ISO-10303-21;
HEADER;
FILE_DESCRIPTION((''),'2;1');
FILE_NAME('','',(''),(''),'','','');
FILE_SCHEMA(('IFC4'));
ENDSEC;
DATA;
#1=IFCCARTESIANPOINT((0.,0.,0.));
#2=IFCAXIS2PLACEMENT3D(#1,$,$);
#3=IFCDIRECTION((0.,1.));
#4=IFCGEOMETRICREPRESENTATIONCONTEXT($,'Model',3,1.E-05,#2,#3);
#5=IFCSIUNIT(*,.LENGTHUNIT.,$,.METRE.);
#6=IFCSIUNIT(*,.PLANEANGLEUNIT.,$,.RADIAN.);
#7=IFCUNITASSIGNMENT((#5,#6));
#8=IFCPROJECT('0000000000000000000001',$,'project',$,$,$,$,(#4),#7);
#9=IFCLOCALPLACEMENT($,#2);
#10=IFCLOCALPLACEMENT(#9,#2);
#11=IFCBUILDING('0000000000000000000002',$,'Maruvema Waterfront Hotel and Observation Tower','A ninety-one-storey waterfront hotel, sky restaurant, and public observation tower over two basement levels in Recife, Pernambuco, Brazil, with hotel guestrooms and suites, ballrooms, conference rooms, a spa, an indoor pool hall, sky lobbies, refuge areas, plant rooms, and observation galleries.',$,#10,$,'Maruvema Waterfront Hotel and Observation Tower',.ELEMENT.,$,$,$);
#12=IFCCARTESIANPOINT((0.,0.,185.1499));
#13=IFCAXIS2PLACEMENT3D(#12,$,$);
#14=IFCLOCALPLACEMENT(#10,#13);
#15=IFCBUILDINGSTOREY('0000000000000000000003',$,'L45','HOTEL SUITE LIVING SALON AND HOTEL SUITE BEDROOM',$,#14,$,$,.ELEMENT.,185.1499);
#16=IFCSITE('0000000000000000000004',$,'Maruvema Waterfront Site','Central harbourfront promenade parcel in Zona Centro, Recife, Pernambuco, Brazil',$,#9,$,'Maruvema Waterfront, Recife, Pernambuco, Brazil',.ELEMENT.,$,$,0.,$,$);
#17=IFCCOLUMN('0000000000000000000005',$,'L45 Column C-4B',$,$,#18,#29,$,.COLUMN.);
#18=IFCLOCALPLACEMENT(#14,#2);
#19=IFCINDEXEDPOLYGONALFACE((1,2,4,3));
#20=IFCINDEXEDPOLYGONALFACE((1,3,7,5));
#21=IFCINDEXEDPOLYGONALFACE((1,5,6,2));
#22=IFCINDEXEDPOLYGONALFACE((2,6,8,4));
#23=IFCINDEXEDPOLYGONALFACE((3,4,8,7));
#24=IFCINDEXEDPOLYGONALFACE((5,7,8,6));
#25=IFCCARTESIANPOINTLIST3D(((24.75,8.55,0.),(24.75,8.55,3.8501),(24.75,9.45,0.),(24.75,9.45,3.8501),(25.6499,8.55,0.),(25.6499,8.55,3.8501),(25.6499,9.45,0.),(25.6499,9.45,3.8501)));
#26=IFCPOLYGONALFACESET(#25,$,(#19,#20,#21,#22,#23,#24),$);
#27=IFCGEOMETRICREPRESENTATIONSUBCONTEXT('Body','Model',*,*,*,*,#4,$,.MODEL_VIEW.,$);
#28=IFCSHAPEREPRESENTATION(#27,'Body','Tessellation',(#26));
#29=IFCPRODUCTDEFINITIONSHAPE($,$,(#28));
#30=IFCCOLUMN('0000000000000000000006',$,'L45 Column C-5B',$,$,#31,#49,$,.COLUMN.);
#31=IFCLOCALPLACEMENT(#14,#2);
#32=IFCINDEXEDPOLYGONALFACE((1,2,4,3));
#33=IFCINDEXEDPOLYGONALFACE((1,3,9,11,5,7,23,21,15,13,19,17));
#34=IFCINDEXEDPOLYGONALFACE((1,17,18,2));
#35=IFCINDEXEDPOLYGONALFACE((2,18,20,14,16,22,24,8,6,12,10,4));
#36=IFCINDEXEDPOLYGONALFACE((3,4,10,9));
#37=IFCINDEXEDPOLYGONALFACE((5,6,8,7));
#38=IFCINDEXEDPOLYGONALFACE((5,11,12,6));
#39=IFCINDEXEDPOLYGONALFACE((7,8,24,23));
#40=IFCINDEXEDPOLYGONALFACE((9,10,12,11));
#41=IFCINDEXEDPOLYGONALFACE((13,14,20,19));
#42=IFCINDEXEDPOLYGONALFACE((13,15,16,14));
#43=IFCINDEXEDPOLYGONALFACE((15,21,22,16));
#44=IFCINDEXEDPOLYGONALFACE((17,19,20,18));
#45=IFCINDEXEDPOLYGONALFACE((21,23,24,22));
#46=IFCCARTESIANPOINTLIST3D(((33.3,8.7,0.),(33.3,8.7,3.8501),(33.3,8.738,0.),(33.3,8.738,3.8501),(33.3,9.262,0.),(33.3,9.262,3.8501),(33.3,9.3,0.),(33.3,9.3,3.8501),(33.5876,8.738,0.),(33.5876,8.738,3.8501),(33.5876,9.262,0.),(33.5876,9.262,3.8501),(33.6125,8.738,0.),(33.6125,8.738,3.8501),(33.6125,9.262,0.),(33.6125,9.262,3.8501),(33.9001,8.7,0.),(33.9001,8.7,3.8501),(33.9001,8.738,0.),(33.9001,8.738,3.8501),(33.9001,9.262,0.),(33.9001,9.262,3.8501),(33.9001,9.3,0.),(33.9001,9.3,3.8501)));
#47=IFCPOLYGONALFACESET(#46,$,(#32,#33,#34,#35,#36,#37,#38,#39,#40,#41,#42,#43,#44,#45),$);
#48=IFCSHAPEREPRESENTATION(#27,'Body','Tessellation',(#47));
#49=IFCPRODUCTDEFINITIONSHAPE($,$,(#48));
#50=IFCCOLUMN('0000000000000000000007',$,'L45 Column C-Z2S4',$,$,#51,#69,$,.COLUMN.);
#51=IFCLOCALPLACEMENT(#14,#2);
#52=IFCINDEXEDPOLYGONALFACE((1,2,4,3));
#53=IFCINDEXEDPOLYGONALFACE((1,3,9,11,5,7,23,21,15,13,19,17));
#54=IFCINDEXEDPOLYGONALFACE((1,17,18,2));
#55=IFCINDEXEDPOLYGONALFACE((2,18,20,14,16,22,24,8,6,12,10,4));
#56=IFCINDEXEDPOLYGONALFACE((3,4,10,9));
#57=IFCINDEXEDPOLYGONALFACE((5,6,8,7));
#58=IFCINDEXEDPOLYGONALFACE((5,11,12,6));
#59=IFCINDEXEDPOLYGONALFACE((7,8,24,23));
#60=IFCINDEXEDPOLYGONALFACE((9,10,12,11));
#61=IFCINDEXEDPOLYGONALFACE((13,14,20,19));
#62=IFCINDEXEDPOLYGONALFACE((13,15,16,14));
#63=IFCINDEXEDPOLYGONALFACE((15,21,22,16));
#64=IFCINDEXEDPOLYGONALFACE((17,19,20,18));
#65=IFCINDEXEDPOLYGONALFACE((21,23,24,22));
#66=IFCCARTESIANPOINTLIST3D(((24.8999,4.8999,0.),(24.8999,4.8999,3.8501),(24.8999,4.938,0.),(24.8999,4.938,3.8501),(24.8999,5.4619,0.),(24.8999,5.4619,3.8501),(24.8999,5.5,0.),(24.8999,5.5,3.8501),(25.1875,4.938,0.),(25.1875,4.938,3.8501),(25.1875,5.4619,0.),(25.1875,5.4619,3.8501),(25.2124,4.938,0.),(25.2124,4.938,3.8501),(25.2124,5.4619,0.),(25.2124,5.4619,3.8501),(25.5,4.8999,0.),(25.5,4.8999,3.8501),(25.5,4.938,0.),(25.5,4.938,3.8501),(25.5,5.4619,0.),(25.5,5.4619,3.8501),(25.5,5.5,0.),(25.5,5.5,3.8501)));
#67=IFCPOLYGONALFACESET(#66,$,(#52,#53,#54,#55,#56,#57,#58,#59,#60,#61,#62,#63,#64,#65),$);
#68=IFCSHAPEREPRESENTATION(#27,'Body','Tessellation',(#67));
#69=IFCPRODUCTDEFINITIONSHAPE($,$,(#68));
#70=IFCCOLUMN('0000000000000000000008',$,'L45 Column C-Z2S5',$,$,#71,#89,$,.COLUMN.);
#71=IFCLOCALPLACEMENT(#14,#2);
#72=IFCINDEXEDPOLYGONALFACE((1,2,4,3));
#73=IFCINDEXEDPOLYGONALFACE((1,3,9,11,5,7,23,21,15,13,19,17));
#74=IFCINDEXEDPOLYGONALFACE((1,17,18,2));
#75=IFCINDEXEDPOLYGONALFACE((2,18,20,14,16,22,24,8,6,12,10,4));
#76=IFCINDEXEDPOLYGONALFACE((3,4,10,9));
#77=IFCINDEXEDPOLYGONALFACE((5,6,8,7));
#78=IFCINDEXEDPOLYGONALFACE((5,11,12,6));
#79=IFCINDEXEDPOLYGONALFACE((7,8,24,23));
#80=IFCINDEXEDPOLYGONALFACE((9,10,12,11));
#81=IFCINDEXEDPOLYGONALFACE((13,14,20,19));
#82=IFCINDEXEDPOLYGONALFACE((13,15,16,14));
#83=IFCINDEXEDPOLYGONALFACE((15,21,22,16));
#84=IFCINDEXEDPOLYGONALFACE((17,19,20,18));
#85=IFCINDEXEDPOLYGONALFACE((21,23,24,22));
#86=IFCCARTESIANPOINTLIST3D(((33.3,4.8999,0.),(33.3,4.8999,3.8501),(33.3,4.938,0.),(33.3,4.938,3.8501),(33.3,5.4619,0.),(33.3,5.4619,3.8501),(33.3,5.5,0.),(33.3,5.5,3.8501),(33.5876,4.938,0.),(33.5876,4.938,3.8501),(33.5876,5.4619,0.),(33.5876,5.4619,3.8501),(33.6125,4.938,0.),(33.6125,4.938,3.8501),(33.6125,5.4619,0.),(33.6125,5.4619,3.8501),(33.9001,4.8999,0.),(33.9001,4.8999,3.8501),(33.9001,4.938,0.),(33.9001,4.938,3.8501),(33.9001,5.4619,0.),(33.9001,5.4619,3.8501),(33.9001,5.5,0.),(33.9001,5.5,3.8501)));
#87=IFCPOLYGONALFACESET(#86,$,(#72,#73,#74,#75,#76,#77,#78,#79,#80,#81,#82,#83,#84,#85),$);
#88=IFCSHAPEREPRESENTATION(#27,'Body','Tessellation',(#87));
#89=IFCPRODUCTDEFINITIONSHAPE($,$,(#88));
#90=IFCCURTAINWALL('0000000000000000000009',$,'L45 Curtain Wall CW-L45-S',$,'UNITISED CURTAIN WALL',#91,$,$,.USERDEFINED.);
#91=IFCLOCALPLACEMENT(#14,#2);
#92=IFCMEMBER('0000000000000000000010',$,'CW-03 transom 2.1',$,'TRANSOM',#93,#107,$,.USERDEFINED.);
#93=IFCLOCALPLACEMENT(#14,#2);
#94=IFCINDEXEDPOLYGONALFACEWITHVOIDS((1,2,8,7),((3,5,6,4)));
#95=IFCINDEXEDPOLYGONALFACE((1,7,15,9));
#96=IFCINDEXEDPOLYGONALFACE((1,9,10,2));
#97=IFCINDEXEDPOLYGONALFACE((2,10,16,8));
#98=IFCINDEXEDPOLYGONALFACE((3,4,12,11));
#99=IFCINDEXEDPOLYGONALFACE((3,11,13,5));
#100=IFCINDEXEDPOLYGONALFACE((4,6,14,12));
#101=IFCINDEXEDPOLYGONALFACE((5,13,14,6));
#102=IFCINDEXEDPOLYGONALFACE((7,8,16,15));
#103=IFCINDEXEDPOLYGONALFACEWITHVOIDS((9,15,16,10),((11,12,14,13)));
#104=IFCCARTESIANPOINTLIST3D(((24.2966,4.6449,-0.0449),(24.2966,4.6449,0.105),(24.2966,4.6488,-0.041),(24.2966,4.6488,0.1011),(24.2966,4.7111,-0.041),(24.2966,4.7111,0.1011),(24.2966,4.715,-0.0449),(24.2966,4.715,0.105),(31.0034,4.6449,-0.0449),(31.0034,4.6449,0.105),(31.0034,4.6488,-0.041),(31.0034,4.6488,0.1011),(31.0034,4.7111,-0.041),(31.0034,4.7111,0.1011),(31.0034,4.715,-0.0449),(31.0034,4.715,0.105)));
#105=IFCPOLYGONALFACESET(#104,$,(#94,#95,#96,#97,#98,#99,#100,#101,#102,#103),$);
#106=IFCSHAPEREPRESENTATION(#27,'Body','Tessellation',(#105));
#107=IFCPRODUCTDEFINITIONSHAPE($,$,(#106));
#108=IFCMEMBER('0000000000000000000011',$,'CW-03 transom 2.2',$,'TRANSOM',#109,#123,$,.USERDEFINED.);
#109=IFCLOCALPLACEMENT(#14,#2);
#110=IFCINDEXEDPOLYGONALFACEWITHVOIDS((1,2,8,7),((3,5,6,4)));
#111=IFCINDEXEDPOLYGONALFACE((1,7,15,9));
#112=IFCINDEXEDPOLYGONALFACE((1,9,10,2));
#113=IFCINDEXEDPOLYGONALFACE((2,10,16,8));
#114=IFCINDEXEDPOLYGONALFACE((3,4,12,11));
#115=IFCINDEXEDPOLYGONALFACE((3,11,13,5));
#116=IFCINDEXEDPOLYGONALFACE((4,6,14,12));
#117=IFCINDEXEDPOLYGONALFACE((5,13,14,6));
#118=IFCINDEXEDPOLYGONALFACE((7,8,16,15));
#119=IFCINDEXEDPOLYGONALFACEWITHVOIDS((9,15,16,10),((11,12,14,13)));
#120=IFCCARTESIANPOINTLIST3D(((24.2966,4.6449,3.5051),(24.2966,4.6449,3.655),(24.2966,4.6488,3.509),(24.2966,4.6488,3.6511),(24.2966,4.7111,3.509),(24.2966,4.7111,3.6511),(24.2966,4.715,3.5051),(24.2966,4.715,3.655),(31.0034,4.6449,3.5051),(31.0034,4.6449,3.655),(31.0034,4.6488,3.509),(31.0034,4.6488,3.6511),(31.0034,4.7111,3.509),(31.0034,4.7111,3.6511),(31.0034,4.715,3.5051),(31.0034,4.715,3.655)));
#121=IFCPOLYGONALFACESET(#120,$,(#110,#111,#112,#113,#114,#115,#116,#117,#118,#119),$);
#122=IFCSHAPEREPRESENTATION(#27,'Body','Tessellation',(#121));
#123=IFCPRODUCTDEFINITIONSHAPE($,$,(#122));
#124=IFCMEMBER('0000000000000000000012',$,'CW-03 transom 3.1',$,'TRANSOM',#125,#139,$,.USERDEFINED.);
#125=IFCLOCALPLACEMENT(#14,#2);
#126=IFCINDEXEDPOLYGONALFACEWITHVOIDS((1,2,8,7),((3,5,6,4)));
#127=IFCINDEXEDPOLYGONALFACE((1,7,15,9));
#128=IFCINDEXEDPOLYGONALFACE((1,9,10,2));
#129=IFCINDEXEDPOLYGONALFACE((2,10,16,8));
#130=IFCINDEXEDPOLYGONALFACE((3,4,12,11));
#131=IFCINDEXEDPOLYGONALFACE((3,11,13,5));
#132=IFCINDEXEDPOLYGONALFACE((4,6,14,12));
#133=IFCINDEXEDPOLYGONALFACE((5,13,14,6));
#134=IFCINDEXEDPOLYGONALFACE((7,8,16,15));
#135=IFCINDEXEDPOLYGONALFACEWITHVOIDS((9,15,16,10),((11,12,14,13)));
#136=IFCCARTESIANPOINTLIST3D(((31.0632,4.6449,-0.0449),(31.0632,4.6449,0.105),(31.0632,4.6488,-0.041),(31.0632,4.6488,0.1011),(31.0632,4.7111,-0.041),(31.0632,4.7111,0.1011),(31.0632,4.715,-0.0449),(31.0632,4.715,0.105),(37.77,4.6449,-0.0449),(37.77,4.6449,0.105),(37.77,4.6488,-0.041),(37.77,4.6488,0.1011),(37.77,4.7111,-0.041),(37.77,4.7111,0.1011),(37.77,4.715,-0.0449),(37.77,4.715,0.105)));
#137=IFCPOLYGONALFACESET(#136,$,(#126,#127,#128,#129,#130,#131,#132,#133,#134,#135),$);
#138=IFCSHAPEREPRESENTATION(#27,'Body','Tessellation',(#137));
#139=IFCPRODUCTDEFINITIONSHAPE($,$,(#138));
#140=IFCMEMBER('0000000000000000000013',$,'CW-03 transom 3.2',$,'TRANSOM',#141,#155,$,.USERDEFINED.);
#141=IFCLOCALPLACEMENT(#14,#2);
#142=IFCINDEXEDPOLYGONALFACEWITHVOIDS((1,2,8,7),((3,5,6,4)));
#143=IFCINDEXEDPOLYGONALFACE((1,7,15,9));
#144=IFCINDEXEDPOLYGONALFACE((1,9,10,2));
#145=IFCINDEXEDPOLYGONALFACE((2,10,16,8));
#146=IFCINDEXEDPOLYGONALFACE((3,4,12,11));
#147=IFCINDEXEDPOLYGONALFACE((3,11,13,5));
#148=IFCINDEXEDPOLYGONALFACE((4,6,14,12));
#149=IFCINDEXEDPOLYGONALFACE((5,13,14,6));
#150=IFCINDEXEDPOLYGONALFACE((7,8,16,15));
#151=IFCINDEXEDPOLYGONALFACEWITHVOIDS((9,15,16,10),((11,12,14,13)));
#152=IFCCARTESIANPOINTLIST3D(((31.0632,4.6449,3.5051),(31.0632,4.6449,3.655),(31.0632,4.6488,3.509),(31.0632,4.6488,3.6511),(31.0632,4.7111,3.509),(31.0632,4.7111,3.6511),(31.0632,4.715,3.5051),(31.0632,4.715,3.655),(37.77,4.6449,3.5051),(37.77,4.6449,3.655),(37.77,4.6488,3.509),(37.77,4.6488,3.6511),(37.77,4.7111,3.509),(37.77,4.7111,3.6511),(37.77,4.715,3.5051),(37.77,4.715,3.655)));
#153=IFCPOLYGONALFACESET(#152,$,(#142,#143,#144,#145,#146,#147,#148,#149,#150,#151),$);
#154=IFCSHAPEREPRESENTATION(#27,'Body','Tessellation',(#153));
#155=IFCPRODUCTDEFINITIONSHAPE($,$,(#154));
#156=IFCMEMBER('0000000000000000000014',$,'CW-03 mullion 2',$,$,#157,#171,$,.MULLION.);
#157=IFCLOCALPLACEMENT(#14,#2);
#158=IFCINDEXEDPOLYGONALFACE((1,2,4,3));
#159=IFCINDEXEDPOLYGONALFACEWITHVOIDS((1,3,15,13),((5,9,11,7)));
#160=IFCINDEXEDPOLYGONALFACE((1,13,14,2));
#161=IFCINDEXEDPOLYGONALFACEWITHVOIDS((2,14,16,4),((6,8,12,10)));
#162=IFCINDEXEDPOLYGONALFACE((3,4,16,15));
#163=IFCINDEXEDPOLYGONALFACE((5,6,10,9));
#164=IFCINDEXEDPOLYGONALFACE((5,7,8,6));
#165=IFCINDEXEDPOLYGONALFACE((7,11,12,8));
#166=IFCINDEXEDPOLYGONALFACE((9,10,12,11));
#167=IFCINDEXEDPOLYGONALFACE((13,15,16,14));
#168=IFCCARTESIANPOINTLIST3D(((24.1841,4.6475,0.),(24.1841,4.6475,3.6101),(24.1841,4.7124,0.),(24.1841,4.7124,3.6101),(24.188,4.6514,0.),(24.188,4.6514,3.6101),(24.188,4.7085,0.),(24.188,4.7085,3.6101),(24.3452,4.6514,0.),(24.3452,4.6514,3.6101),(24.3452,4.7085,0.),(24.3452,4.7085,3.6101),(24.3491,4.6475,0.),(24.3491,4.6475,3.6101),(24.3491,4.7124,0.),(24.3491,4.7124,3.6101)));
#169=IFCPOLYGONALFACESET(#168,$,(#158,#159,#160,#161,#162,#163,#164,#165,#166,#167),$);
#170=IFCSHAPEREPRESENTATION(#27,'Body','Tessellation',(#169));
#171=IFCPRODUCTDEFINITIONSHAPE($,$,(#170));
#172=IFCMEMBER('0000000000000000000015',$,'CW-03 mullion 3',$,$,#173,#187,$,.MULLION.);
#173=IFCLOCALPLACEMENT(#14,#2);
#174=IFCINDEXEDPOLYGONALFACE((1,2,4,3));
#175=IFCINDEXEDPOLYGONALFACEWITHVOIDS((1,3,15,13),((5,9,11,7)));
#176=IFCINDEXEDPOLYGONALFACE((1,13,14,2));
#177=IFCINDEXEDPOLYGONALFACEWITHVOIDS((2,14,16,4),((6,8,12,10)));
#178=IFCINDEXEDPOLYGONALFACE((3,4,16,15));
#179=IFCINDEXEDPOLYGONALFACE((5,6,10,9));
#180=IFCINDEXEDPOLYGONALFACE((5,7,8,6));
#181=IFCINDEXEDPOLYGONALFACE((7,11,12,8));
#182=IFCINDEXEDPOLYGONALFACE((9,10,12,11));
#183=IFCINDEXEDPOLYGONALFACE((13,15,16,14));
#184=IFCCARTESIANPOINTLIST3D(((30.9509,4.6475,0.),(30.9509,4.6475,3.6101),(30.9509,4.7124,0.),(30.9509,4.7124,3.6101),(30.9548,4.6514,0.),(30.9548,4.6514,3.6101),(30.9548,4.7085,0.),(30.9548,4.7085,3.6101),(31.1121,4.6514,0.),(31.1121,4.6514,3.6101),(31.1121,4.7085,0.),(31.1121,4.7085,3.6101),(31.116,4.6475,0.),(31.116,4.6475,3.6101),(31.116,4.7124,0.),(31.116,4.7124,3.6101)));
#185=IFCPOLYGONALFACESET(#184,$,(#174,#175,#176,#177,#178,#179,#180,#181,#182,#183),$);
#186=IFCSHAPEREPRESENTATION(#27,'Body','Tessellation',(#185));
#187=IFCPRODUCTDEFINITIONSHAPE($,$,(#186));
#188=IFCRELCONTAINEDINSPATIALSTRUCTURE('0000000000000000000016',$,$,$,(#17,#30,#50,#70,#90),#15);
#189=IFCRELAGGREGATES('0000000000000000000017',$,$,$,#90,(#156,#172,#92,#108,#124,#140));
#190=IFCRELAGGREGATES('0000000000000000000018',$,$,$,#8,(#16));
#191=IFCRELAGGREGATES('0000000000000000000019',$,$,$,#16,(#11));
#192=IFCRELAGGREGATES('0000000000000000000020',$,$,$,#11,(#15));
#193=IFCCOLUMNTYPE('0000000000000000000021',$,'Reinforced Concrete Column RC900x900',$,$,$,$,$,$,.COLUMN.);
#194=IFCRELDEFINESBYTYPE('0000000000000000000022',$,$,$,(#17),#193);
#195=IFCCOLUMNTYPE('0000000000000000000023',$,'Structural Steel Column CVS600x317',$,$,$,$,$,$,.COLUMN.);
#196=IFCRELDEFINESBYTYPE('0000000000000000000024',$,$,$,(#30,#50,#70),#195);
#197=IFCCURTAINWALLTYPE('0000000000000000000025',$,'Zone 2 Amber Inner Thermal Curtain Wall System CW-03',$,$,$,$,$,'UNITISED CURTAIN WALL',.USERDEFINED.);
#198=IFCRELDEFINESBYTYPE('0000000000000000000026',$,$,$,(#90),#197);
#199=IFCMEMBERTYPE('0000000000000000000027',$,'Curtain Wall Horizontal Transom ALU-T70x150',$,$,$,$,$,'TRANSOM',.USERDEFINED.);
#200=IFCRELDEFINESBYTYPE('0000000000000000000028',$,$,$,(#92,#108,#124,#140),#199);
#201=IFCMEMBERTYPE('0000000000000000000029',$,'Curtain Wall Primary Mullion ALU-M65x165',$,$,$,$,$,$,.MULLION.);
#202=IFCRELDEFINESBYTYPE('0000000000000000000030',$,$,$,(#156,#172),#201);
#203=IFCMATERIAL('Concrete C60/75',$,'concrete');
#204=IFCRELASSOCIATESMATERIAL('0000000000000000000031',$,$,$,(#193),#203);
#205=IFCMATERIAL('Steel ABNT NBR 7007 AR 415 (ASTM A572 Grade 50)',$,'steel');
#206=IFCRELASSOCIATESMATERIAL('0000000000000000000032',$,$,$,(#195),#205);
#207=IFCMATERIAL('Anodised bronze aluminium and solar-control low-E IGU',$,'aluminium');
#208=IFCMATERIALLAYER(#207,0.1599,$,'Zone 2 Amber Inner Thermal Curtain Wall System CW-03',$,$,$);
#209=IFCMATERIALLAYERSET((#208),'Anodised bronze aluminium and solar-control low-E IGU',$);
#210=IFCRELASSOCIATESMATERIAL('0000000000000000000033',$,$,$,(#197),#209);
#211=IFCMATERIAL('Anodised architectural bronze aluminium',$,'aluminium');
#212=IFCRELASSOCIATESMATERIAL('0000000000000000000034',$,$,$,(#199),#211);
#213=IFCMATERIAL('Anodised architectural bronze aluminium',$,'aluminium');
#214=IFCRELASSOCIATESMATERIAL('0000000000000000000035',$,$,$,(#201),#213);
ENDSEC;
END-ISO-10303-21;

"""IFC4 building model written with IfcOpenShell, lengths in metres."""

from ifc_helpers import new_model, si_unit, direction, frame, origin, origin_2d, place, context, subcontext, project, spatial, rectangle, hollow_rectangle, i_section, extrude, material, layer, layer_set, material_profile, profile_set, type_object, element, aggregate, save


model = new_model("IFC4")

# Units and contexts
model_context = context("Model", 3, precision=1e-05, world=origin(), true_north=direction((0.0, 1.0)))
body_context = subcontext(model_context, "Body", "Model", "MODEL_VIEW")
ifc_project = project(units=[si_unit("LENGTHUNIT", "METRE"), si_unit("PLANEANGLEUNIT", "RADIAN")], contexts=[model_context])

# Site, building, storey
site_placement = place(None, origin())
site = spatial("IfcSite", under=ifc_project, at=site_placement, Name="Maruvema Waterfront Site", Description="Central harbourfront promenade parcel in Zona Centro, Recife, Pernambuco, Brazil", LongName="Maruvema Waterfront, Recife, Pernambuco, Brazil", CompositionType="ELEMENT", RefElevation=0.0)
building_placement = place(site_placement, origin())
building = spatial("IfcBuilding", under=site, at=building_placement, Name="Maruvema Waterfront Hotel and Observation Tower", Description="A ninety-one-storey waterfront hotel, sky restaurant, and public observation tower over two basement levels in Recife, Pernambuco, Brazil, with hotel guestrooms and suites, ballrooms, conference rooms, a spa, an indoor pool hall, sky lobbies, refuge areas, plant rooms, and observation galleries.", LongName="Maruvema Waterfront Hotel and Observation Tower", CompositionType="ELEMENT")
storey_placement = place(building_placement, frame((0.0, 0.0, 185.1499)))
storey = spatial("IfcBuildingStorey", under=building, at=storey_placement, Name="L45", Description="HOTEL SUITE LIVING SALON AND HOTEL SUITE BEDROOM", CompositionType="ELEMENT", Elevation=185.1499)

# Columns
ifc_material_1 = material(Name="Concrete C60/75", Category="concrete")
ifc_material_profile_1 = material_profile(ifc_material_1, rectangle(XDim=0.8999, YDim=0.8999, at=origin_2d()), Name="RC900x900")
ifc_profile_set_1 = profile_set([ifc_material_profile_1], Name="Concrete C60/75")
column_type_1 = type_object("IfcColumnType", Name="Reinforced Concrete Column RC900x900", PredefinedType="COLUMN", material=ifc_profile_set_1)
column_placement = place(storey_placement, frame((25.2, 9.0, 0.0), z_axis=(0.0, 0.0, 1.0), x_axis=(1.0, 0.0, 0.0)))
element("IfcColumn", 1, at=column_placement, inside=storey, type_object=column_type_1, Name="L45 Column C-4B", PredefinedType="COLUMN", context=body_context, shape_type="SweptSolid", body=[
    extrude(rectangle(XDim=0.8999, YDim=0.8999, at=origin_2d()), origin(), (0.0, 0.0, 1.0), 3.8501),
])
ifc_material_2 = material(Name="Steel ABNT NBR 7007 AR 415 (ASTM A572 Grade 50)", Category="steel")
ifc_material_profile_2 = material_profile(ifc_material_2, i_section(OverallWidth=0.6001, OverallDepth=0.6001, WebThickness=0.0249, FlangeThickness=0.0381, at=origin_2d()), Name="CVS600x317")
ifc_profile_set_2 = profile_set([ifc_material_profile_2], Name="Steel ABNT NBR 7007 AR 415 (ASTM A572 Grade 50)")
column_type_2 = type_object("IfcColumnType", Name="Structural Steel Column CVS600x317", PredefinedType="COLUMN", material=ifc_profile_set_2)
for number, where, z_axis, x_axis, name in (
    (2, (33.6001, 9.0, 0.0), (0.0, 0.0, 1.0), (1.0, 0.0, 0.0), "L45 Column C-5B"),
    (3, (25.2, 5.2, 0.0), (0.0, 0.0, 1.0), (1.0, 0.0, 0.0), "L45 Column C-Z2S4"),
    (4, (33.6001, 5.2, 0.0), (0.0, 0.0, 1.0), (1.0, 0.0, 0.0), "L45 Column C-Z2S5"),
):
    element("IfcColumn", number, at=place(storey_placement, frame(where, z_axis=z_axis, x_axis=x_axis)), inside=storey, type_object=column_type_2, Name=name, PredefinedType="COLUMN", context=body_context, shape_type="SweptSolid", body=[
        extrude(i_section(OverallWidth=0.6001, OverallDepth=0.6001, WebThickness=0.0249, FlangeThickness=0.0381, at=origin_2d()), origin(), (0.0, 0.0, 1.0), 3.8501),
    ])

# Curtain wall, members
ifc_material_3 = material(Name="Anodised bronze aluminium and solar-control low-E IGU", Category="aluminium")
ifc_layer_1 = layer(ifc_material_3, 0.1599, Name="Zone 2 Amber Inner Thermal Curtain Wall System CW-03")
ifc_layer_set_1 = layer_set([ifc_layer_1], Name="Anodised bronze aluminium and solar-control low-E IGU")
curtain_wall_type = type_object("IfcCurtainWallType", Name="Zone 2 Amber Inner Thermal Curtain Wall System CW-03", ElementType="UNITISED CURTAIN WALL", PredefinedType="USERDEFINED", material=ifc_layer_set_1)
curtain_wall_placement = place(storey_placement, origin())
curtain_wall = element("IfcCurtainWall", 5, at=curtain_wall_placement, inside=storey, type_object=curtain_wall_type, Name="L45 Curtain Wall CW-L45-S", ObjectType="UNITISED CURTAIN WALL", PredefinedType="USERDEFINED")
ifc_material_4 = material(Name="Anodised architectural bronze aluminium", Category="aluminium")
ifc_material_profile_3 = material_profile(ifc_material_4, hollow_rectangle(XDim=0.0701, YDim=0.1499, WallThickness=0.0039, at=origin_2d()), Name="ALU-T70x150")
ifc_profile_set_3 = profile_set([ifc_material_profile_3], Name="Anodised architectural bronze aluminium")
member_type_1 = type_object("IfcMemberType", Name="Curtain Wall Horizontal Transom ALU-T70x150", ElementType="TRANSOM", PredefinedType="USERDEFINED", material=ifc_profile_set_3)
member_1_placement = place(storey_placement, frame((24.2966, 4.6799, 0.03), z_axis=(1.0, 0.0, 0.0), x_axis=(0.0, 1.0, 0.0)))
member_1 = element("IfcMember", 6, at=member_1_placement, type_object=member_type_1, Name="CW-03 transom 2.1", ObjectType="TRANSOM", PredefinedType="USERDEFINED", context=body_context, shape_type="SweptSolid", body=[
    extrude(hollow_rectangle(XDim=0.0701, YDim=0.1499, WallThickness=0.0039, at=origin_2d()), origin(), (0.0, 0.0, 1.0), 6.7068),
])
member_2_placement = place(storey_placement, frame((24.2966, 4.6799, 3.5801), z_axis=(1.0, 0.0, 0.0), x_axis=(0.0, 1.0, 0.0)))
member_2 = element("IfcMember", 7, at=member_2_placement, type_object=member_type_1, Name="CW-03 transom 2.2", ObjectType="TRANSOM", PredefinedType="USERDEFINED", context=body_context, shape_type="SweptSolid", body=[
    extrude(hollow_rectangle(XDim=0.0701, YDim=0.1499, WallThickness=0.0039, at=origin_2d()), origin(), (0.0, 0.0, 1.0), 6.7068),
])
member_3_placement = place(storey_placement, frame((31.0632, 4.6799, 0.03), z_axis=(1.0, 0.0, 0.0), x_axis=(0.0, 1.0, 0.0)))
member_3 = element("IfcMember", 8, at=member_3_placement, type_object=member_type_1, Name="CW-03 transom 3.1", ObjectType="TRANSOM", PredefinedType="USERDEFINED", context=body_context, shape_type="SweptSolid", body=[
    extrude(hollow_rectangle(XDim=0.0701, YDim=0.1499, WallThickness=0.0039, at=origin_2d()), origin(), (0.0, 0.0, 1.0), 6.7068),
])
member_4_placement = place(storey_placement, frame((31.0632, 4.6799, 3.5801), z_axis=(1.0, 0.0, 0.0), x_axis=(0.0, 1.0, 0.0)))
member_4 = element("IfcMember", 9, at=member_4_placement, type_object=member_type_1, Name="CW-03 transom 3.2", ObjectType="TRANSOM", PredefinedType="USERDEFINED", context=body_context, shape_type="SweptSolid", body=[
    extrude(hollow_rectangle(XDim=0.0701, YDim=0.1499, WallThickness=0.0039, at=origin_2d()), origin(), (0.0, 0.0, 1.0), 6.7068),
])
ifc_material_5 = material(Name="Anodised architectural bronze aluminium", Category="aluminium")
ifc_material_profile_4 = material_profile(ifc_material_5, hollow_rectangle(XDim=0.0649, YDim=0.165, WallThickness=0.0039, at=origin_2d()), Name="ALU-M65x165")
ifc_profile_set_4 = profile_set([ifc_material_profile_4], Name="Anodised architectural bronze aluminium")
member_type_2 = type_object("IfcMemberType", Name="Curtain Wall Primary Mullion ALU-M65x165", PredefinedType="MULLION", material=ifc_profile_set_4)
member_5_placement = place(storey_placement, frame((24.2666, 4.6799, 0.0), z_axis=(0.0, 0.0, 1.0), x_axis=(0.0, 1.0, 0.0)))
member_5 = element("IfcMember", 10, at=member_5_placement, type_object=member_type_2, Name="CW-03 mullion 2", PredefinedType="MULLION", context=body_context, shape_type="SweptSolid", body=[
    extrude(hollow_rectangle(XDim=0.0649, YDim=0.165, WallThickness=0.0039, at=origin_2d()), origin(), (0.0, 0.0, 1.0), 3.6101),
])
member_6_placement = place(storey_placement, frame((31.0334, 4.6799, 0.0), z_axis=(0.0, 0.0, 1.0), x_axis=(0.0, 1.0, 0.0)))
member_6 = element("IfcMember", 11, at=member_6_placement, type_object=member_type_2, Name="CW-03 mullion 3", PredefinedType="MULLION", context=body_context, shape_type="SweptSolid", body=[
    extrude(hollow_rectangle(XDim=0.0649, YDim=0.165, WallThickness=0.0039, at=origin_2d()), origin(), (0.0, 0.0, 1.0), 3.6101),
])

aggregate(curtain_wall, [member_5, member_6, member_1, member_2, member_3, member_4])

save(model, "model.ifc")
